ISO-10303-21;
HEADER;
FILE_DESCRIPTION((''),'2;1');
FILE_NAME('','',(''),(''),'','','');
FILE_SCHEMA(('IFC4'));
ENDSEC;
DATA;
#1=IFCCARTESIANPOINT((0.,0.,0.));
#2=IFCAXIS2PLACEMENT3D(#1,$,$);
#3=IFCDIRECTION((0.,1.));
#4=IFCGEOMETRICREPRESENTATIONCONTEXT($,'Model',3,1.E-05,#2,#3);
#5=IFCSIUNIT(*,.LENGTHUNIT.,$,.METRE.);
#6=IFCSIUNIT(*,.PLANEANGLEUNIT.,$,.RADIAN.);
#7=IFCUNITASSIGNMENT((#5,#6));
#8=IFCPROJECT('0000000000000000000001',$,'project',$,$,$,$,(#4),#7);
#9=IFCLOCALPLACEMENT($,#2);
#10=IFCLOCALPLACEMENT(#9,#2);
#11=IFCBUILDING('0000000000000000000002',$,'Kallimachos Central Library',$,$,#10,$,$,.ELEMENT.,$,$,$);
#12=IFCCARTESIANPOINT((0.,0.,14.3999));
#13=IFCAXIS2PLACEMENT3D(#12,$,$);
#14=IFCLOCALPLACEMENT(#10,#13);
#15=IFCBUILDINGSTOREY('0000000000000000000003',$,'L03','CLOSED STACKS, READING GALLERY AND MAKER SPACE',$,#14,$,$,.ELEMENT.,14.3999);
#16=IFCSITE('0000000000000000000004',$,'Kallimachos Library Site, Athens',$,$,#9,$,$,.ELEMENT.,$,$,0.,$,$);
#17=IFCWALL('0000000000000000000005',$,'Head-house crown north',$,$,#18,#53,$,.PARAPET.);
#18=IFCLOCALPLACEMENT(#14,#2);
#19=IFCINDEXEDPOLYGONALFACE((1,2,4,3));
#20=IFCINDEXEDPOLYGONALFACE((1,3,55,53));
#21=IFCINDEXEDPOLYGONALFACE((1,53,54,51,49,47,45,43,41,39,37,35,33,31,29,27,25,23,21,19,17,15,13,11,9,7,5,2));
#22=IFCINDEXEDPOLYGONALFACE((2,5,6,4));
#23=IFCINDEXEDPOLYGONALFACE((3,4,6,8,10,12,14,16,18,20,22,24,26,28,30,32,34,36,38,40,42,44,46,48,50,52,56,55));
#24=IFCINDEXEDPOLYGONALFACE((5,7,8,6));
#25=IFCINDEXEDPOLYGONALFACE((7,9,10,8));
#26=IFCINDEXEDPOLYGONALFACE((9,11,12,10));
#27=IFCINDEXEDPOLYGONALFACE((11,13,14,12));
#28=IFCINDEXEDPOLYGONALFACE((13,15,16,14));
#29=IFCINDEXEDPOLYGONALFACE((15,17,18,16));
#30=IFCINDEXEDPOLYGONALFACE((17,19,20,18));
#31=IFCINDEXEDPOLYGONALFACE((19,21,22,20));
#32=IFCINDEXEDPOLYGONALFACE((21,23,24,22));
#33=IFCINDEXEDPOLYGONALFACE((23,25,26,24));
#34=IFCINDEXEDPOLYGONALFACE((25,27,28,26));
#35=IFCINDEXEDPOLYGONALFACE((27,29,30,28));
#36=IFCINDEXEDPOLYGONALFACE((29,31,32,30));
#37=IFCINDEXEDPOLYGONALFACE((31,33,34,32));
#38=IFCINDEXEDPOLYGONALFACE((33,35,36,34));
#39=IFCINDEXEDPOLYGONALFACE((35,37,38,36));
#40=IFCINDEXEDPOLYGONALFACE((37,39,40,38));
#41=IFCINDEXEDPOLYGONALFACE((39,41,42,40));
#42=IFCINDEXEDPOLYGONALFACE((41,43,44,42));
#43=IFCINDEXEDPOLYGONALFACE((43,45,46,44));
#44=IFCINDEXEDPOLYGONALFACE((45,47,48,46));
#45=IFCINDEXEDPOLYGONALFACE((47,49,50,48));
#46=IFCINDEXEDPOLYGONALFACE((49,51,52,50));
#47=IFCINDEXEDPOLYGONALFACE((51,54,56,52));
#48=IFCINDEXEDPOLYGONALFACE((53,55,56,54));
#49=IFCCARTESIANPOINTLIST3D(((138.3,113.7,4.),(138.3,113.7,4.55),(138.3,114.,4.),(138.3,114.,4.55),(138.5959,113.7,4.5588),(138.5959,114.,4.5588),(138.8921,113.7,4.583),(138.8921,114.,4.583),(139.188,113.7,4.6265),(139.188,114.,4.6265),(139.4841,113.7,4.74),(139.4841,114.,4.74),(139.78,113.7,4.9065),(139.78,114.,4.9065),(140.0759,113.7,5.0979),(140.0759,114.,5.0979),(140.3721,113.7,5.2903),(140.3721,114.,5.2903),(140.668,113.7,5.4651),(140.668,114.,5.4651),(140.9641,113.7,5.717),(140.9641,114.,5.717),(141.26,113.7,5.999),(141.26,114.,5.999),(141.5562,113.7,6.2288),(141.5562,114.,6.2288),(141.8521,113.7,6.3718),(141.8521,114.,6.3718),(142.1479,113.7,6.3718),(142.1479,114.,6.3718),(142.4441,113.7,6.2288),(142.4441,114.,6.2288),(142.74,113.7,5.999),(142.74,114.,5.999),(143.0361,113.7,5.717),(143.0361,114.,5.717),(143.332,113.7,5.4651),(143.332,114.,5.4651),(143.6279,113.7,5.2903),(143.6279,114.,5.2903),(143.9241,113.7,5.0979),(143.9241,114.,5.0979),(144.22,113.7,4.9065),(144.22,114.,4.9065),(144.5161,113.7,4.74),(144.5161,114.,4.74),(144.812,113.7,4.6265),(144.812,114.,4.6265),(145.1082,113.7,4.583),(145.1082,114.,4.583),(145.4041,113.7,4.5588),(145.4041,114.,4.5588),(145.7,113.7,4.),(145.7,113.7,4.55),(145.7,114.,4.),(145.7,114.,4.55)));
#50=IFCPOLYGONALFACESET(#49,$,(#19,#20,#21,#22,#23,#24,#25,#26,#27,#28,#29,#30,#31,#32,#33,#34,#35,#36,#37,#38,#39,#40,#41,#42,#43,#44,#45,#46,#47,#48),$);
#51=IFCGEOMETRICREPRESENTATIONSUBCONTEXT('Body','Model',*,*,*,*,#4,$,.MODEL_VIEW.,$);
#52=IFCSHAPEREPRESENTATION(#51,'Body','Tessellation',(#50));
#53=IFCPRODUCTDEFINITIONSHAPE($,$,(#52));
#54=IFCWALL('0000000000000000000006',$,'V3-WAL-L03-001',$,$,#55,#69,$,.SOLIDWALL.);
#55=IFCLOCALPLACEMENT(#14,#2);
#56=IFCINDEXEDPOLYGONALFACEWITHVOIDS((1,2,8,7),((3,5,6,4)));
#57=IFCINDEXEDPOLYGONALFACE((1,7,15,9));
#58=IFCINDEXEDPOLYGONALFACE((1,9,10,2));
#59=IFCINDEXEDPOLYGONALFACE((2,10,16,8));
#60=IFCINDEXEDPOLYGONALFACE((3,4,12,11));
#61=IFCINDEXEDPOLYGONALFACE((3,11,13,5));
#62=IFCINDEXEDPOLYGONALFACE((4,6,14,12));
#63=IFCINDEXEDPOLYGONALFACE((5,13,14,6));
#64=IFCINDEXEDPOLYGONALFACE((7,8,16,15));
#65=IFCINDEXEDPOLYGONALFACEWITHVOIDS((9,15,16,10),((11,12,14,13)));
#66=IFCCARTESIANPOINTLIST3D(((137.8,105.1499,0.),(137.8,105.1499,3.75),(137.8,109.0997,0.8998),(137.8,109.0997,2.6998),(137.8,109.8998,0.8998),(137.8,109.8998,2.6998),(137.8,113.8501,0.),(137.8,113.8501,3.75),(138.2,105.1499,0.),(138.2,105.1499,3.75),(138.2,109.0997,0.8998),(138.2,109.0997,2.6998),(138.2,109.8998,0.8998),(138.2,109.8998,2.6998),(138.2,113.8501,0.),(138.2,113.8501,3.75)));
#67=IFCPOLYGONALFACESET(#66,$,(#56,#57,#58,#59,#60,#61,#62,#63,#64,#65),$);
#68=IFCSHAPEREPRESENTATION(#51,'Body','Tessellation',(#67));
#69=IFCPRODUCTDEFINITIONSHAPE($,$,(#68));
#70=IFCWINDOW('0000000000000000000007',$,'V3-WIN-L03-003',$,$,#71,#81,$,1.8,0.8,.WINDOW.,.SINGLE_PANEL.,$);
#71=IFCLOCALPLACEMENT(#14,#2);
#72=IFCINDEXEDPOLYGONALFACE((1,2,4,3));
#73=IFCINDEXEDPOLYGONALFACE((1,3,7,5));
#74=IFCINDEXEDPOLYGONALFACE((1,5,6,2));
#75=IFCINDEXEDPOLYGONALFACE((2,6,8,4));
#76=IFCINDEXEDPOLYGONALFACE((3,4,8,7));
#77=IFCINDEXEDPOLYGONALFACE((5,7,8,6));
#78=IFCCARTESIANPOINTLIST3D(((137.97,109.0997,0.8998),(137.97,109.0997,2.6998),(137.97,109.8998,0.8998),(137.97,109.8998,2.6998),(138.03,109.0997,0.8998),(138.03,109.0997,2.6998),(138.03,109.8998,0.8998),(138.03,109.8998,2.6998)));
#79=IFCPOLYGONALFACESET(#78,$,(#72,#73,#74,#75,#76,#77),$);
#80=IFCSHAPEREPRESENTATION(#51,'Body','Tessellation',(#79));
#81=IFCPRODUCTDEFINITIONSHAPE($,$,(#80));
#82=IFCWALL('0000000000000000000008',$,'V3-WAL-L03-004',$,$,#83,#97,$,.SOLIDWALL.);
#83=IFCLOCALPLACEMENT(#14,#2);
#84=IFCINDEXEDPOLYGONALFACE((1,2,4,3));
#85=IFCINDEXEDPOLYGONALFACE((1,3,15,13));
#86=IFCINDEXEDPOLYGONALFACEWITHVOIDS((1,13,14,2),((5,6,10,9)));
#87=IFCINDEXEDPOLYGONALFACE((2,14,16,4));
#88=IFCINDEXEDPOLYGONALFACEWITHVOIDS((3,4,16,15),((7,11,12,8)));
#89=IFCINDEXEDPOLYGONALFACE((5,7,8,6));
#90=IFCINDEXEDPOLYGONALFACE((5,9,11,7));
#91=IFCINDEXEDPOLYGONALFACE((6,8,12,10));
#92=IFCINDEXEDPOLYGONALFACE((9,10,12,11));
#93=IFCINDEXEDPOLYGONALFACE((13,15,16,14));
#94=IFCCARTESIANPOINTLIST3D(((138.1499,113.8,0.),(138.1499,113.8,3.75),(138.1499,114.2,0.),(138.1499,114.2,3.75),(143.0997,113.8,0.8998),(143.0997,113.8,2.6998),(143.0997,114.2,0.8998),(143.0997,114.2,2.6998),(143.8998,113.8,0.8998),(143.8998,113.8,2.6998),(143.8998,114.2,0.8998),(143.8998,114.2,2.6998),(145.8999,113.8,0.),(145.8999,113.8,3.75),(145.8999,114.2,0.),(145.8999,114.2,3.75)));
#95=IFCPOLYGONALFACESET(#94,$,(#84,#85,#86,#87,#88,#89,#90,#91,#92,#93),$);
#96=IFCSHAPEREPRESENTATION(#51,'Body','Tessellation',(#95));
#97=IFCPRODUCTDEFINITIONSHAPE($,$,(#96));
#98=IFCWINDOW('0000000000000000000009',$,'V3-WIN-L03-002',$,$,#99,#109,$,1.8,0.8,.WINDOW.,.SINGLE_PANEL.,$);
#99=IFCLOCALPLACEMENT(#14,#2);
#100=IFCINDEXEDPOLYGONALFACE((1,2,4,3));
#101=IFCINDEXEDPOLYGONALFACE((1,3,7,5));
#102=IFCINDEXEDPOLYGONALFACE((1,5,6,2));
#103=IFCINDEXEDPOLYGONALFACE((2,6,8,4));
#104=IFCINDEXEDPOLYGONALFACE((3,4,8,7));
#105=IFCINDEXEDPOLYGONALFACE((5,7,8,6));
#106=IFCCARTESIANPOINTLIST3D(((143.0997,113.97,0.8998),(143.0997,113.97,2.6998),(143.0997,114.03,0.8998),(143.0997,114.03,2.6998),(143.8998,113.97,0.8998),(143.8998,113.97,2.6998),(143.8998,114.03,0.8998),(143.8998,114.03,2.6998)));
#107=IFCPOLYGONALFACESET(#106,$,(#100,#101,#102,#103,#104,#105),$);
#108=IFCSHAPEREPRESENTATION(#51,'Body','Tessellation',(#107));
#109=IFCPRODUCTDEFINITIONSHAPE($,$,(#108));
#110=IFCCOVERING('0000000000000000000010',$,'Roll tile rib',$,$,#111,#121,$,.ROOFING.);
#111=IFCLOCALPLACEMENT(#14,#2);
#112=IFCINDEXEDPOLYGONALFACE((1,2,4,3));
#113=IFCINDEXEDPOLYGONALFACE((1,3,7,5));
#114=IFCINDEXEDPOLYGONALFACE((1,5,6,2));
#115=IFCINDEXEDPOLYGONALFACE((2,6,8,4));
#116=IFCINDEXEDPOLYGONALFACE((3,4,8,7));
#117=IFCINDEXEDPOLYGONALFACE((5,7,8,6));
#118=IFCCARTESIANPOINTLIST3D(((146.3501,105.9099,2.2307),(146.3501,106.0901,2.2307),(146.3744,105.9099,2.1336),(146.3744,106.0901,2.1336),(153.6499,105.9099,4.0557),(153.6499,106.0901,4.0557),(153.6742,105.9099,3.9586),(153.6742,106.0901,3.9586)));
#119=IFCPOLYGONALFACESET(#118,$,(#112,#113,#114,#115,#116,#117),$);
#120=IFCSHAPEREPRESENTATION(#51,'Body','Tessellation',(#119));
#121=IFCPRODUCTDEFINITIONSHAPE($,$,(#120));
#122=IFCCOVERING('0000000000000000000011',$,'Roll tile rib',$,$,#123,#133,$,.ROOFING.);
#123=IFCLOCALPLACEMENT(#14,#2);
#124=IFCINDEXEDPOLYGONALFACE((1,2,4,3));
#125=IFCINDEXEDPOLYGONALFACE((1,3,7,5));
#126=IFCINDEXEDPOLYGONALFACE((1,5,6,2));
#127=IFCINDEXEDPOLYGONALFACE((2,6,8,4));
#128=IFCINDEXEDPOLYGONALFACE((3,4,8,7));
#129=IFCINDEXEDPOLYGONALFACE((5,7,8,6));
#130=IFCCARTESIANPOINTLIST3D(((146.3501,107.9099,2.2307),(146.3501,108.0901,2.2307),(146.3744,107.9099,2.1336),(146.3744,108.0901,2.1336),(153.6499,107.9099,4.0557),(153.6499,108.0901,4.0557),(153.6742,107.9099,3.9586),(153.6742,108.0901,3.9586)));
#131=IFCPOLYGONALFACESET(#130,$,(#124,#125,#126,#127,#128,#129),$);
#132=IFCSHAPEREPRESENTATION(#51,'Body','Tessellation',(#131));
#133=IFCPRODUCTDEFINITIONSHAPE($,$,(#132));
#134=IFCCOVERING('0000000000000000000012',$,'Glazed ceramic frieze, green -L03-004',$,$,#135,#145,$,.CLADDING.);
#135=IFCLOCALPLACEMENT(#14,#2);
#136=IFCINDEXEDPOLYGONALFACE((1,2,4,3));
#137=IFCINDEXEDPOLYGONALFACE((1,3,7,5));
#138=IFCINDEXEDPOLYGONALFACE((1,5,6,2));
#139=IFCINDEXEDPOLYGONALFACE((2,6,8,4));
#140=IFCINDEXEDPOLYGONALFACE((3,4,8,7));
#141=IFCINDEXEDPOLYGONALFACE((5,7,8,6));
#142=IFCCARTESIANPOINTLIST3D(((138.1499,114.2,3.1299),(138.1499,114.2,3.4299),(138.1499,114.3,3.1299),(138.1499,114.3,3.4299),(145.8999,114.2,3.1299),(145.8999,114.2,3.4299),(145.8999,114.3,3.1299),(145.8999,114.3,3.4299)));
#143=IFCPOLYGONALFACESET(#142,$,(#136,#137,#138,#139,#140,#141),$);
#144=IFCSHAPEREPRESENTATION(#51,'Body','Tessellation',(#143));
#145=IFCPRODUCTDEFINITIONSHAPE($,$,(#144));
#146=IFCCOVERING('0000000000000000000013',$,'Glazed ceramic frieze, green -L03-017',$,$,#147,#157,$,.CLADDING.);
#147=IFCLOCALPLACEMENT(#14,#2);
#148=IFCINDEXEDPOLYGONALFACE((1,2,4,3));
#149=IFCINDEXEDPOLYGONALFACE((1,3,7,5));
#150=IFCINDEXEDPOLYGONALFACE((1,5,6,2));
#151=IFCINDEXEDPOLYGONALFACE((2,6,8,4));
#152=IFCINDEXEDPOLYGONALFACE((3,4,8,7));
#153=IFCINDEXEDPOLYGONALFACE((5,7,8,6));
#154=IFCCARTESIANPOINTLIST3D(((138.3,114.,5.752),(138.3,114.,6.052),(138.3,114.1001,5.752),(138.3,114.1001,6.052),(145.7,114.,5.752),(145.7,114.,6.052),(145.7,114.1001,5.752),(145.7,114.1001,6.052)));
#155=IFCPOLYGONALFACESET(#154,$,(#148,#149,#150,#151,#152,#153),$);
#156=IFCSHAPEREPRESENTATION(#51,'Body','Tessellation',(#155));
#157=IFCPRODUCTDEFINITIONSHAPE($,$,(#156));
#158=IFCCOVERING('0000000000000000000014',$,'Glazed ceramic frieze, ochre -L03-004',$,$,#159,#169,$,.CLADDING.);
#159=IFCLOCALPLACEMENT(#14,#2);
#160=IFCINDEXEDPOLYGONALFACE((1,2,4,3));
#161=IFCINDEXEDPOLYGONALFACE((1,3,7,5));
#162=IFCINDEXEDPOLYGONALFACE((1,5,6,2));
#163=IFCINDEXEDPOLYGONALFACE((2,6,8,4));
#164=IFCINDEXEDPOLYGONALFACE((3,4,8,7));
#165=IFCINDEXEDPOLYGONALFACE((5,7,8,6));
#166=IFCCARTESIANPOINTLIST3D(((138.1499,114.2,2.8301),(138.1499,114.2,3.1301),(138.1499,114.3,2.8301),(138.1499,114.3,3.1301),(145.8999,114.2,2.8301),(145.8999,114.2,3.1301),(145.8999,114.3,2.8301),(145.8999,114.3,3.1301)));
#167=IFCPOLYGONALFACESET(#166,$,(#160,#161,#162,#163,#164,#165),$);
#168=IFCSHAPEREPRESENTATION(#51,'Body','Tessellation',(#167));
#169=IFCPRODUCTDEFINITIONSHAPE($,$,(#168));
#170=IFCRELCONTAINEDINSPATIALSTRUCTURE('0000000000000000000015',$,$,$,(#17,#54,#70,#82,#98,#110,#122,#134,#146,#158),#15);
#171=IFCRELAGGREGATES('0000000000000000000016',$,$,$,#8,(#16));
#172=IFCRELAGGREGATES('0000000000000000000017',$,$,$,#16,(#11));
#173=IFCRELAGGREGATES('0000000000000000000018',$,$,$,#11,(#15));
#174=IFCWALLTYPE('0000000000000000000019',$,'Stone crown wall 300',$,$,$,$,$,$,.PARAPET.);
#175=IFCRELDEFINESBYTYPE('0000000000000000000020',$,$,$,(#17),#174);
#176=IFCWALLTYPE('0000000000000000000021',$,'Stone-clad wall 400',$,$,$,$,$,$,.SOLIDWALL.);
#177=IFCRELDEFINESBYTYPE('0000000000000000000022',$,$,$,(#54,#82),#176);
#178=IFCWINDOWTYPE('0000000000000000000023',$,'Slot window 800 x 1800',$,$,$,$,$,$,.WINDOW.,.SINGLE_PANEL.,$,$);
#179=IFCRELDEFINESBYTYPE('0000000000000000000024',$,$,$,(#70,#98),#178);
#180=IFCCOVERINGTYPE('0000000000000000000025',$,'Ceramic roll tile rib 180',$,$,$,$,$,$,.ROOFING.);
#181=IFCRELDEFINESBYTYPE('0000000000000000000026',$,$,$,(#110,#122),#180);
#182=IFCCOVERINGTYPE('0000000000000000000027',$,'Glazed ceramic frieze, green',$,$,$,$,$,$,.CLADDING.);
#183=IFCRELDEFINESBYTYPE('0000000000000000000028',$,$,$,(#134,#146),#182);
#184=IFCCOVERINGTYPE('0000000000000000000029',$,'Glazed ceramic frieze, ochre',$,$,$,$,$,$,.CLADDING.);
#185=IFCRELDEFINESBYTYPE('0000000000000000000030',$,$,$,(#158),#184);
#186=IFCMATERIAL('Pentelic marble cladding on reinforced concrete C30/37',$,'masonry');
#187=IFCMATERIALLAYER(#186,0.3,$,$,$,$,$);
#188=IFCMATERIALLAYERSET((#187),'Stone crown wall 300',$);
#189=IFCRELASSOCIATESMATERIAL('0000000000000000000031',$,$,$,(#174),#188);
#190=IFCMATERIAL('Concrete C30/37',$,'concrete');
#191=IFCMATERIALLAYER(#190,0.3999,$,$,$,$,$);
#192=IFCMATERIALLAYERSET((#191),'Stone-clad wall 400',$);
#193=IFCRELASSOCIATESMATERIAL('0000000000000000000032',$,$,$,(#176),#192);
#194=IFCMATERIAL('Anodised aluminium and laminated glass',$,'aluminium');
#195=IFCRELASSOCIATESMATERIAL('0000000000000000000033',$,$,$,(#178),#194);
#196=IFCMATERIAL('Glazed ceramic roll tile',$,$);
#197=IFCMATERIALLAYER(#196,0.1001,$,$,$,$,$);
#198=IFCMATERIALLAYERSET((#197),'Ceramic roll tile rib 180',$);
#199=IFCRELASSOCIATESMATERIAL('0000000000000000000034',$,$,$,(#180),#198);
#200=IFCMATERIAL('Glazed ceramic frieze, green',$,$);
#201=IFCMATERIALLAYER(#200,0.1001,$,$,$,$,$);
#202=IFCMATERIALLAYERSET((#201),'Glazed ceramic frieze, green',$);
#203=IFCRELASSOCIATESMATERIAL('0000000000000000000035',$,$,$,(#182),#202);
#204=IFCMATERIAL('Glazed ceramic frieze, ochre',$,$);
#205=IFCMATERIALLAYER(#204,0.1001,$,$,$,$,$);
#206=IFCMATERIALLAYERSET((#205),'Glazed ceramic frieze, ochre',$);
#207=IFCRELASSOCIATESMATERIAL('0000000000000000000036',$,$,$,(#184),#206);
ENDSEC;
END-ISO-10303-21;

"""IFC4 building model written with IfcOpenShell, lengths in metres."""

from ifc_helpers import new_model, si_unit, direction, frame, frame_2d, origin, origin_2d, place, context, subcontext, project, spatial, polyline, rectangle, outline, extrude, material, layer, layer_set, type_object, element, fill, save


model = new_model("IFC4")

# Units and contexts
model_context = context("Model", 3, precision=1e-05, world=origin(), true_north=direction((0.0, 1.0)))
body_context = subcontext(model_context, "Body", "Model", "MODEL_VIEW")
ifc_project = project(units=[si_unit("LENGTHUNIT", "METRE"), si_unit("PLANEANGLEUNIT", "RADIAN")], contexts=[model_context])

# Site, building, storey
site_placement = place(None, origin())
site = spatial("IfcSite", under=ifc_project, at=site_placement, Name="Kallimachos Library Site, Athens", CompositionType="ELEMENT", RefElevation=0.0)
building_placement = place(site_placement, origin())
building = spatial("IfcBuilding", under=site, at=building_placement, Name="Kallimachos Central Library", CompositionType="ELEMENT")
storey_placement = place(building_placement, frame((0.0, 0.0, 14.3999)))
storey = spatial("IfcBuildingStorey", under=building, at=storey_placement, Name="L03", Description="CLOSED STACKS, READING GALLERY AND MAKER SPACE", CompositionType="ELEMENT", Elevation=14.3999)

# Wall
ifc_material_1 = material(Name="Pentelic marble cladding on reinforced concrete C30/37", Category="masonry")
ifc_layer_1 = layer(ifc_material_1, 0.3)
ifc_layer_set_1 = layer_set([ifc_layer_1], Name="Stone crown wall 300")
wall_type_1 = type_object("IfcWallType", Name="Stone crown wall 300", PredefinedType="PARAPET", material=ifc_layer_set_1)
wall_1_placement = place(storey_placement, frame((138.3, 113.8501, 4.0), z_axis=(0.0, 0.0, 1.0), x_axis=(1.0, 0.0, 0.0)))
element("IfcWall", 1, at=wall_1_placement, inside=storey, type_object=wall_type_1, Name="Head-house crown north", PredefinedType="PARAPET", context=body_context, shape_type="SweptSolid", body=[
    extrude(outline(polyline([(0.0, 0.0), (7.3999, 0.0), (7.3999, 0.55), (7.104, 0.5588), (6.8081, 0.583), (6.512, 0.6265), (6.2161, 0.74), (5.9199, 0.9065), (5.624, 1.0979), (5.3279, 1.2903), (5.032, 1.4651), (4.7361, 1.717), (4.4399, 1.999), (4.144, 2.2288), (3.8479, 2.3718), (3.552, 2.3718), (3.2561, 2.2288), (2.96, 1.999), (2.6641, 1.717), (2.3679, 1.4651), (2.072, 1.2903), (1.7759, 1.0979), (1.48, 0.9065), (1.1841, 0.74), (0.8879, 0.6265), (0.592, 0.583), (0.2959, 0.5588), (0.0, 0.55), (0.0, 0.0)])), frame((0.0, 0.1499, 0.0), z_axis=(0.0, -1.0, 0.0), x_axis=(1.0, 0.0, 0.0)), (0.0, 0.0, 1.0), 0.3),
])

# Walls, openings, windows
ifc_material_2 = material(Name="Concrete C30/37", Category="concrete")
ifc_layer_2 = layer(ifc_material_2, 0.3999)
ifc_layer_set_2 = layer_set([ifc_layer_2], Name="Stone-clad wall 400")
wall_type_2 = type_object("IfcWallType", Name="Stone-clad wall 400", PredefinedType="SOLIDWALL", material=ifc_layer_set_2)
wall_2_placement = place(storey_placement, frame((138.0, 105.1499, 0.0), z_axis=(0.0, 0.0, 1.0), x_axis=(0.0, 1.0, 0.0)))
wall_2 = element("IfcWall", 2, at=wall_2_placement, inside=storey, type_object=wall_type_2, Name="V3-WAL-L03-001", PredefinedType="SOLIDWALL", context=body_context, shape_type="SweptSolid", body=[
    extrude(rectangle(XDim=8.7002, YDim=0.3999, at=frame_2d((4.3501, 0.0))), origin(), (0.0, 0.0, 1.0), 3.75),
])
opening_1_placement = place(wall_2_placement, frame((3.95, 0.0, 0.8999)))
opening_1 = element("IfcOpeningElement", 3, at=opening_1_placement, cuts=wall_2, PredefinedType="OPENING", context=body_context, shape_type="SweptSolid", body=[
    extrude(rectangle(XDim=0.8, YDim=1.8, at=frame_2d((0.3999, 0.8999))), frame((0.0, 0.21, 0.0), z_axis=(0.0, -1.0, 0.0), x_axis=(1.0, 0.0, 0.0)), (0.0, 0.0, 1.0), 0.4199),
])
ifc_material_3 = material(Name="Anodised aluminium and laminated glass", Category="aluminium")
window_type = type_object("IfcWindowType", Name="Slot window 800 x 1800", PartitioningType="SINGLE_PANEL", PredefinedType="WINDOW", material=ifc_material_3)
window_1_placement = place(opening_1_placement, origin())
window_1 = element("IfcWindow", 4, at=window_1_placement, inside=storey, type_object=window_type, Name="V3-WIN-L03-003", OverallHeight=1.8, OverallWidth=0.8, PartitioningType="SINGLE_PANEL", PredefinedType="WINDOW", context=body_context, shape_type="SweptSolid", body=[
    extrude(rectangle(XDim=0.8, YDim=1.8, at=frame_2d((0.3999, 0.8999))), frame((0.0, 0.03, 0.0), z_axis=(0.0, -1.0, 0.0), x_axis=(1.0, 0.0, 0.0)), (0.0, 0.0, 1.0), 0.0601),
])
fill(opening_1, window_1)
wall_3_placement = place(storey_placement, frame((138.1499, 114.0, 0.0), z_axis=(0.0, 0.0, 1.0), x_axis=(1.0, 0.0, 0.0)))
wall_3 = element("IfcWall", 5, at=wall_3_placement, inside=storey, type_object=wall_type_2, Name="V3-WAL-L03-004", PredefinedType="SOLIDWALL", context=body_context, shape_type="SweptSolid", body=[
    extrude(rectangle(XDim=7.75, YDim=0.3999, at=frame_2d((3.875, 0.0))), origin(), (0.0, 0.0, 1.0), 3.75),
])
opening_2_placement = place(wall_3_placement, frame((4.95, 0.0, 0.8999)))
opening_2 = element("IfcOpeningElement", 6, at=opening_2_placement, cuts=wall_3, PredefinedType="OPENING", context=body_context, shape_type="SweptSolid", body=[
    extrude(rectangle(XDim=0.8, YDim=1.8, at=frame_2d((0.3999, 0.8999))), frame((0.0, 0.21, 0.0), z_axis=(0.0, -1.0, 0.0), x_axis=(1.0, 0.0, 0.0)), (0.0, 0.0, 1.0), 0.4199),
])
window_2_placement = place(opening_2_placement, origin())
window_2 = element("IfcWindow", 7, at=window_2_placement, inside=storey, type_object=window_type, Name="V3-WIN-L03-002", OverallHeight=1.8, OverallWidth=0.8, PartitioningType="SINGLE_PANEL", PredefinedType="WINDOW", context=body_context, shape_type="SweptSolid", body=[
    extrude(rectangle(XDim=0.8, YDim=1.8, at=frame_2d((0.3999, 0.8999))), frame((0.0, 0.03, 0.0), z_axis=(0.0, -1.0, 0.0), x_axis=(1.0, 0.0, 0.0)), (0.0, 0.0, 1.0), 0.0601),
])
fill(opening_2, window_2)

# Coverings
ifc_material_4 = material(Name="Glazed ceramic roll tile")
ifc_layer_3 = layer(ifc_material_4, 0.1001)
ifc_layer_set_3 = layer_set([ifc_layer_3], Name="Ceramic roll tile rib 180")
covering_type_1 = type_object("IfcCoveringType", Name="Ceramic roll tile rib 180", PredefinedType="ROOFING", material=ifc_layer_set_3)
for number, where, z_axis, x_axis, name in (
    (8, (146.3501, 105.9099, 2.2307), (-0.242536, 0.0, 0.970143), (0.970143, 0.0, 0.242536), "Roll tile rib"),
    (9, (146.3501, 107.9099, 2.2307), (-0.242536, 0.0, 0.970143), (0.970143, 0.0, 0.242536), "Roll tile rib"),
):
    element("IfcCovering", number, at=place(storey_placement, frame(where, z_axis=z_axis, x_axis=x_axis)), inside=storey, type_object=covering_type_1, Name=name, PredefinedType="ROOFING", context=body_context, shape_type="SweptSolid", body=[
        extrude(outline(polyline([(0.0, 0.0), (7.5245, 0.0), (7.5245, 0.1802), (0.0, 0.1802), (0.0, 0.0)])), origin(), (0.0, 0.0, -1.0), 0.1001),
    ])
ifc_material_5 = material(Name="Glazed ceramic frieze, green")
ifc_layer_4 = layer(ifc_material_5, 0.1001)
ifc_layer_set_4 = layer_set([ifc_layer_4], Name="Glazed ceramic frieze, green")
covering_type_2 = type_object("IfcCoveringType", Name="Glazed ceramic frieze, green", PredefinedType="CLADDING", material=ifc_layer_set_4)
covering_1_placement = place(storey_placement, frame((142.0249, 114.25, 3.1299), z_axis=(0.0, 0.0, 1.0), x_axis=(1.0, 0.0, 0.0)))
element("IfcCovering", 10, at=covering_1_placement, inside=storey, type_object=covering_type_2, Name="Glazed ceramic frieze, green -L03-004", PredefinedType="CLADDING", context=body_context, shape_type="SweptSolid", body=[
    extrude(rectangle(XDim=7.75, YDim=0.1001, at=origin_2d()), origin(), (0.0, 0.0, 1.0), 0.3),
])
covering_2_placement = place(storey_placement, frame((142.0, 114.05, 5.752), z_axis=(0.0, 0.0, 1.0), x_axis=(1.0, 0.0, 0.0)))
element("IfcCovering", 11, at=covering_2_placement, inside=storey, type_object=covering_type_2, Name="Glazed ceramic frieze, green -L03-017", PredefinedType="CLADDING", context=body_context, shape_type="SweptSolid", body=[
    extrude(rectangle(XDim=7.3999, YDim=0.1001, at=origin_2d()), origin(), (0.0, 0.0, 1.0), 0.3),
])
ifc_material_6 = material(Name="Glazed ceramic frieze, ochre")
ifc_layer_5 = layer(ifc_material_6, 0.1001)
ifc_layer_set_5 = layer_set([ifc_layer_5], Name="Glazed ceramic frieze, ochre")
covering_type_3 = type_object("IfcCoveringType", Name="Glazed ceramic frieze, ochre", PredefinedType="CLADDING", material=ifc_layer_set_5)
covering_3_placement = place(storey_placement, frame((142.0249, 114.25, 2.8301), z_axis=(0.0, 0.0, 1.0), x_axis=(1.0, 0.0, 0.0)))
element("IfcCovering", 12, at=covering_3_placement, inside=storey, type_object=covering_type_3, Name="Glazed ceramic frieze, ochre -L03-004", PredefinedType="CLADDING", context=body_context, shape_type="SweptSolid", body=[
    extrude(rectangle(XDim=7.75, YDim=0.1001, at=origin_2d()), origin(), (0.0, 0.0, 1.0), 0.3),
])

save(model, "model.ifc")
